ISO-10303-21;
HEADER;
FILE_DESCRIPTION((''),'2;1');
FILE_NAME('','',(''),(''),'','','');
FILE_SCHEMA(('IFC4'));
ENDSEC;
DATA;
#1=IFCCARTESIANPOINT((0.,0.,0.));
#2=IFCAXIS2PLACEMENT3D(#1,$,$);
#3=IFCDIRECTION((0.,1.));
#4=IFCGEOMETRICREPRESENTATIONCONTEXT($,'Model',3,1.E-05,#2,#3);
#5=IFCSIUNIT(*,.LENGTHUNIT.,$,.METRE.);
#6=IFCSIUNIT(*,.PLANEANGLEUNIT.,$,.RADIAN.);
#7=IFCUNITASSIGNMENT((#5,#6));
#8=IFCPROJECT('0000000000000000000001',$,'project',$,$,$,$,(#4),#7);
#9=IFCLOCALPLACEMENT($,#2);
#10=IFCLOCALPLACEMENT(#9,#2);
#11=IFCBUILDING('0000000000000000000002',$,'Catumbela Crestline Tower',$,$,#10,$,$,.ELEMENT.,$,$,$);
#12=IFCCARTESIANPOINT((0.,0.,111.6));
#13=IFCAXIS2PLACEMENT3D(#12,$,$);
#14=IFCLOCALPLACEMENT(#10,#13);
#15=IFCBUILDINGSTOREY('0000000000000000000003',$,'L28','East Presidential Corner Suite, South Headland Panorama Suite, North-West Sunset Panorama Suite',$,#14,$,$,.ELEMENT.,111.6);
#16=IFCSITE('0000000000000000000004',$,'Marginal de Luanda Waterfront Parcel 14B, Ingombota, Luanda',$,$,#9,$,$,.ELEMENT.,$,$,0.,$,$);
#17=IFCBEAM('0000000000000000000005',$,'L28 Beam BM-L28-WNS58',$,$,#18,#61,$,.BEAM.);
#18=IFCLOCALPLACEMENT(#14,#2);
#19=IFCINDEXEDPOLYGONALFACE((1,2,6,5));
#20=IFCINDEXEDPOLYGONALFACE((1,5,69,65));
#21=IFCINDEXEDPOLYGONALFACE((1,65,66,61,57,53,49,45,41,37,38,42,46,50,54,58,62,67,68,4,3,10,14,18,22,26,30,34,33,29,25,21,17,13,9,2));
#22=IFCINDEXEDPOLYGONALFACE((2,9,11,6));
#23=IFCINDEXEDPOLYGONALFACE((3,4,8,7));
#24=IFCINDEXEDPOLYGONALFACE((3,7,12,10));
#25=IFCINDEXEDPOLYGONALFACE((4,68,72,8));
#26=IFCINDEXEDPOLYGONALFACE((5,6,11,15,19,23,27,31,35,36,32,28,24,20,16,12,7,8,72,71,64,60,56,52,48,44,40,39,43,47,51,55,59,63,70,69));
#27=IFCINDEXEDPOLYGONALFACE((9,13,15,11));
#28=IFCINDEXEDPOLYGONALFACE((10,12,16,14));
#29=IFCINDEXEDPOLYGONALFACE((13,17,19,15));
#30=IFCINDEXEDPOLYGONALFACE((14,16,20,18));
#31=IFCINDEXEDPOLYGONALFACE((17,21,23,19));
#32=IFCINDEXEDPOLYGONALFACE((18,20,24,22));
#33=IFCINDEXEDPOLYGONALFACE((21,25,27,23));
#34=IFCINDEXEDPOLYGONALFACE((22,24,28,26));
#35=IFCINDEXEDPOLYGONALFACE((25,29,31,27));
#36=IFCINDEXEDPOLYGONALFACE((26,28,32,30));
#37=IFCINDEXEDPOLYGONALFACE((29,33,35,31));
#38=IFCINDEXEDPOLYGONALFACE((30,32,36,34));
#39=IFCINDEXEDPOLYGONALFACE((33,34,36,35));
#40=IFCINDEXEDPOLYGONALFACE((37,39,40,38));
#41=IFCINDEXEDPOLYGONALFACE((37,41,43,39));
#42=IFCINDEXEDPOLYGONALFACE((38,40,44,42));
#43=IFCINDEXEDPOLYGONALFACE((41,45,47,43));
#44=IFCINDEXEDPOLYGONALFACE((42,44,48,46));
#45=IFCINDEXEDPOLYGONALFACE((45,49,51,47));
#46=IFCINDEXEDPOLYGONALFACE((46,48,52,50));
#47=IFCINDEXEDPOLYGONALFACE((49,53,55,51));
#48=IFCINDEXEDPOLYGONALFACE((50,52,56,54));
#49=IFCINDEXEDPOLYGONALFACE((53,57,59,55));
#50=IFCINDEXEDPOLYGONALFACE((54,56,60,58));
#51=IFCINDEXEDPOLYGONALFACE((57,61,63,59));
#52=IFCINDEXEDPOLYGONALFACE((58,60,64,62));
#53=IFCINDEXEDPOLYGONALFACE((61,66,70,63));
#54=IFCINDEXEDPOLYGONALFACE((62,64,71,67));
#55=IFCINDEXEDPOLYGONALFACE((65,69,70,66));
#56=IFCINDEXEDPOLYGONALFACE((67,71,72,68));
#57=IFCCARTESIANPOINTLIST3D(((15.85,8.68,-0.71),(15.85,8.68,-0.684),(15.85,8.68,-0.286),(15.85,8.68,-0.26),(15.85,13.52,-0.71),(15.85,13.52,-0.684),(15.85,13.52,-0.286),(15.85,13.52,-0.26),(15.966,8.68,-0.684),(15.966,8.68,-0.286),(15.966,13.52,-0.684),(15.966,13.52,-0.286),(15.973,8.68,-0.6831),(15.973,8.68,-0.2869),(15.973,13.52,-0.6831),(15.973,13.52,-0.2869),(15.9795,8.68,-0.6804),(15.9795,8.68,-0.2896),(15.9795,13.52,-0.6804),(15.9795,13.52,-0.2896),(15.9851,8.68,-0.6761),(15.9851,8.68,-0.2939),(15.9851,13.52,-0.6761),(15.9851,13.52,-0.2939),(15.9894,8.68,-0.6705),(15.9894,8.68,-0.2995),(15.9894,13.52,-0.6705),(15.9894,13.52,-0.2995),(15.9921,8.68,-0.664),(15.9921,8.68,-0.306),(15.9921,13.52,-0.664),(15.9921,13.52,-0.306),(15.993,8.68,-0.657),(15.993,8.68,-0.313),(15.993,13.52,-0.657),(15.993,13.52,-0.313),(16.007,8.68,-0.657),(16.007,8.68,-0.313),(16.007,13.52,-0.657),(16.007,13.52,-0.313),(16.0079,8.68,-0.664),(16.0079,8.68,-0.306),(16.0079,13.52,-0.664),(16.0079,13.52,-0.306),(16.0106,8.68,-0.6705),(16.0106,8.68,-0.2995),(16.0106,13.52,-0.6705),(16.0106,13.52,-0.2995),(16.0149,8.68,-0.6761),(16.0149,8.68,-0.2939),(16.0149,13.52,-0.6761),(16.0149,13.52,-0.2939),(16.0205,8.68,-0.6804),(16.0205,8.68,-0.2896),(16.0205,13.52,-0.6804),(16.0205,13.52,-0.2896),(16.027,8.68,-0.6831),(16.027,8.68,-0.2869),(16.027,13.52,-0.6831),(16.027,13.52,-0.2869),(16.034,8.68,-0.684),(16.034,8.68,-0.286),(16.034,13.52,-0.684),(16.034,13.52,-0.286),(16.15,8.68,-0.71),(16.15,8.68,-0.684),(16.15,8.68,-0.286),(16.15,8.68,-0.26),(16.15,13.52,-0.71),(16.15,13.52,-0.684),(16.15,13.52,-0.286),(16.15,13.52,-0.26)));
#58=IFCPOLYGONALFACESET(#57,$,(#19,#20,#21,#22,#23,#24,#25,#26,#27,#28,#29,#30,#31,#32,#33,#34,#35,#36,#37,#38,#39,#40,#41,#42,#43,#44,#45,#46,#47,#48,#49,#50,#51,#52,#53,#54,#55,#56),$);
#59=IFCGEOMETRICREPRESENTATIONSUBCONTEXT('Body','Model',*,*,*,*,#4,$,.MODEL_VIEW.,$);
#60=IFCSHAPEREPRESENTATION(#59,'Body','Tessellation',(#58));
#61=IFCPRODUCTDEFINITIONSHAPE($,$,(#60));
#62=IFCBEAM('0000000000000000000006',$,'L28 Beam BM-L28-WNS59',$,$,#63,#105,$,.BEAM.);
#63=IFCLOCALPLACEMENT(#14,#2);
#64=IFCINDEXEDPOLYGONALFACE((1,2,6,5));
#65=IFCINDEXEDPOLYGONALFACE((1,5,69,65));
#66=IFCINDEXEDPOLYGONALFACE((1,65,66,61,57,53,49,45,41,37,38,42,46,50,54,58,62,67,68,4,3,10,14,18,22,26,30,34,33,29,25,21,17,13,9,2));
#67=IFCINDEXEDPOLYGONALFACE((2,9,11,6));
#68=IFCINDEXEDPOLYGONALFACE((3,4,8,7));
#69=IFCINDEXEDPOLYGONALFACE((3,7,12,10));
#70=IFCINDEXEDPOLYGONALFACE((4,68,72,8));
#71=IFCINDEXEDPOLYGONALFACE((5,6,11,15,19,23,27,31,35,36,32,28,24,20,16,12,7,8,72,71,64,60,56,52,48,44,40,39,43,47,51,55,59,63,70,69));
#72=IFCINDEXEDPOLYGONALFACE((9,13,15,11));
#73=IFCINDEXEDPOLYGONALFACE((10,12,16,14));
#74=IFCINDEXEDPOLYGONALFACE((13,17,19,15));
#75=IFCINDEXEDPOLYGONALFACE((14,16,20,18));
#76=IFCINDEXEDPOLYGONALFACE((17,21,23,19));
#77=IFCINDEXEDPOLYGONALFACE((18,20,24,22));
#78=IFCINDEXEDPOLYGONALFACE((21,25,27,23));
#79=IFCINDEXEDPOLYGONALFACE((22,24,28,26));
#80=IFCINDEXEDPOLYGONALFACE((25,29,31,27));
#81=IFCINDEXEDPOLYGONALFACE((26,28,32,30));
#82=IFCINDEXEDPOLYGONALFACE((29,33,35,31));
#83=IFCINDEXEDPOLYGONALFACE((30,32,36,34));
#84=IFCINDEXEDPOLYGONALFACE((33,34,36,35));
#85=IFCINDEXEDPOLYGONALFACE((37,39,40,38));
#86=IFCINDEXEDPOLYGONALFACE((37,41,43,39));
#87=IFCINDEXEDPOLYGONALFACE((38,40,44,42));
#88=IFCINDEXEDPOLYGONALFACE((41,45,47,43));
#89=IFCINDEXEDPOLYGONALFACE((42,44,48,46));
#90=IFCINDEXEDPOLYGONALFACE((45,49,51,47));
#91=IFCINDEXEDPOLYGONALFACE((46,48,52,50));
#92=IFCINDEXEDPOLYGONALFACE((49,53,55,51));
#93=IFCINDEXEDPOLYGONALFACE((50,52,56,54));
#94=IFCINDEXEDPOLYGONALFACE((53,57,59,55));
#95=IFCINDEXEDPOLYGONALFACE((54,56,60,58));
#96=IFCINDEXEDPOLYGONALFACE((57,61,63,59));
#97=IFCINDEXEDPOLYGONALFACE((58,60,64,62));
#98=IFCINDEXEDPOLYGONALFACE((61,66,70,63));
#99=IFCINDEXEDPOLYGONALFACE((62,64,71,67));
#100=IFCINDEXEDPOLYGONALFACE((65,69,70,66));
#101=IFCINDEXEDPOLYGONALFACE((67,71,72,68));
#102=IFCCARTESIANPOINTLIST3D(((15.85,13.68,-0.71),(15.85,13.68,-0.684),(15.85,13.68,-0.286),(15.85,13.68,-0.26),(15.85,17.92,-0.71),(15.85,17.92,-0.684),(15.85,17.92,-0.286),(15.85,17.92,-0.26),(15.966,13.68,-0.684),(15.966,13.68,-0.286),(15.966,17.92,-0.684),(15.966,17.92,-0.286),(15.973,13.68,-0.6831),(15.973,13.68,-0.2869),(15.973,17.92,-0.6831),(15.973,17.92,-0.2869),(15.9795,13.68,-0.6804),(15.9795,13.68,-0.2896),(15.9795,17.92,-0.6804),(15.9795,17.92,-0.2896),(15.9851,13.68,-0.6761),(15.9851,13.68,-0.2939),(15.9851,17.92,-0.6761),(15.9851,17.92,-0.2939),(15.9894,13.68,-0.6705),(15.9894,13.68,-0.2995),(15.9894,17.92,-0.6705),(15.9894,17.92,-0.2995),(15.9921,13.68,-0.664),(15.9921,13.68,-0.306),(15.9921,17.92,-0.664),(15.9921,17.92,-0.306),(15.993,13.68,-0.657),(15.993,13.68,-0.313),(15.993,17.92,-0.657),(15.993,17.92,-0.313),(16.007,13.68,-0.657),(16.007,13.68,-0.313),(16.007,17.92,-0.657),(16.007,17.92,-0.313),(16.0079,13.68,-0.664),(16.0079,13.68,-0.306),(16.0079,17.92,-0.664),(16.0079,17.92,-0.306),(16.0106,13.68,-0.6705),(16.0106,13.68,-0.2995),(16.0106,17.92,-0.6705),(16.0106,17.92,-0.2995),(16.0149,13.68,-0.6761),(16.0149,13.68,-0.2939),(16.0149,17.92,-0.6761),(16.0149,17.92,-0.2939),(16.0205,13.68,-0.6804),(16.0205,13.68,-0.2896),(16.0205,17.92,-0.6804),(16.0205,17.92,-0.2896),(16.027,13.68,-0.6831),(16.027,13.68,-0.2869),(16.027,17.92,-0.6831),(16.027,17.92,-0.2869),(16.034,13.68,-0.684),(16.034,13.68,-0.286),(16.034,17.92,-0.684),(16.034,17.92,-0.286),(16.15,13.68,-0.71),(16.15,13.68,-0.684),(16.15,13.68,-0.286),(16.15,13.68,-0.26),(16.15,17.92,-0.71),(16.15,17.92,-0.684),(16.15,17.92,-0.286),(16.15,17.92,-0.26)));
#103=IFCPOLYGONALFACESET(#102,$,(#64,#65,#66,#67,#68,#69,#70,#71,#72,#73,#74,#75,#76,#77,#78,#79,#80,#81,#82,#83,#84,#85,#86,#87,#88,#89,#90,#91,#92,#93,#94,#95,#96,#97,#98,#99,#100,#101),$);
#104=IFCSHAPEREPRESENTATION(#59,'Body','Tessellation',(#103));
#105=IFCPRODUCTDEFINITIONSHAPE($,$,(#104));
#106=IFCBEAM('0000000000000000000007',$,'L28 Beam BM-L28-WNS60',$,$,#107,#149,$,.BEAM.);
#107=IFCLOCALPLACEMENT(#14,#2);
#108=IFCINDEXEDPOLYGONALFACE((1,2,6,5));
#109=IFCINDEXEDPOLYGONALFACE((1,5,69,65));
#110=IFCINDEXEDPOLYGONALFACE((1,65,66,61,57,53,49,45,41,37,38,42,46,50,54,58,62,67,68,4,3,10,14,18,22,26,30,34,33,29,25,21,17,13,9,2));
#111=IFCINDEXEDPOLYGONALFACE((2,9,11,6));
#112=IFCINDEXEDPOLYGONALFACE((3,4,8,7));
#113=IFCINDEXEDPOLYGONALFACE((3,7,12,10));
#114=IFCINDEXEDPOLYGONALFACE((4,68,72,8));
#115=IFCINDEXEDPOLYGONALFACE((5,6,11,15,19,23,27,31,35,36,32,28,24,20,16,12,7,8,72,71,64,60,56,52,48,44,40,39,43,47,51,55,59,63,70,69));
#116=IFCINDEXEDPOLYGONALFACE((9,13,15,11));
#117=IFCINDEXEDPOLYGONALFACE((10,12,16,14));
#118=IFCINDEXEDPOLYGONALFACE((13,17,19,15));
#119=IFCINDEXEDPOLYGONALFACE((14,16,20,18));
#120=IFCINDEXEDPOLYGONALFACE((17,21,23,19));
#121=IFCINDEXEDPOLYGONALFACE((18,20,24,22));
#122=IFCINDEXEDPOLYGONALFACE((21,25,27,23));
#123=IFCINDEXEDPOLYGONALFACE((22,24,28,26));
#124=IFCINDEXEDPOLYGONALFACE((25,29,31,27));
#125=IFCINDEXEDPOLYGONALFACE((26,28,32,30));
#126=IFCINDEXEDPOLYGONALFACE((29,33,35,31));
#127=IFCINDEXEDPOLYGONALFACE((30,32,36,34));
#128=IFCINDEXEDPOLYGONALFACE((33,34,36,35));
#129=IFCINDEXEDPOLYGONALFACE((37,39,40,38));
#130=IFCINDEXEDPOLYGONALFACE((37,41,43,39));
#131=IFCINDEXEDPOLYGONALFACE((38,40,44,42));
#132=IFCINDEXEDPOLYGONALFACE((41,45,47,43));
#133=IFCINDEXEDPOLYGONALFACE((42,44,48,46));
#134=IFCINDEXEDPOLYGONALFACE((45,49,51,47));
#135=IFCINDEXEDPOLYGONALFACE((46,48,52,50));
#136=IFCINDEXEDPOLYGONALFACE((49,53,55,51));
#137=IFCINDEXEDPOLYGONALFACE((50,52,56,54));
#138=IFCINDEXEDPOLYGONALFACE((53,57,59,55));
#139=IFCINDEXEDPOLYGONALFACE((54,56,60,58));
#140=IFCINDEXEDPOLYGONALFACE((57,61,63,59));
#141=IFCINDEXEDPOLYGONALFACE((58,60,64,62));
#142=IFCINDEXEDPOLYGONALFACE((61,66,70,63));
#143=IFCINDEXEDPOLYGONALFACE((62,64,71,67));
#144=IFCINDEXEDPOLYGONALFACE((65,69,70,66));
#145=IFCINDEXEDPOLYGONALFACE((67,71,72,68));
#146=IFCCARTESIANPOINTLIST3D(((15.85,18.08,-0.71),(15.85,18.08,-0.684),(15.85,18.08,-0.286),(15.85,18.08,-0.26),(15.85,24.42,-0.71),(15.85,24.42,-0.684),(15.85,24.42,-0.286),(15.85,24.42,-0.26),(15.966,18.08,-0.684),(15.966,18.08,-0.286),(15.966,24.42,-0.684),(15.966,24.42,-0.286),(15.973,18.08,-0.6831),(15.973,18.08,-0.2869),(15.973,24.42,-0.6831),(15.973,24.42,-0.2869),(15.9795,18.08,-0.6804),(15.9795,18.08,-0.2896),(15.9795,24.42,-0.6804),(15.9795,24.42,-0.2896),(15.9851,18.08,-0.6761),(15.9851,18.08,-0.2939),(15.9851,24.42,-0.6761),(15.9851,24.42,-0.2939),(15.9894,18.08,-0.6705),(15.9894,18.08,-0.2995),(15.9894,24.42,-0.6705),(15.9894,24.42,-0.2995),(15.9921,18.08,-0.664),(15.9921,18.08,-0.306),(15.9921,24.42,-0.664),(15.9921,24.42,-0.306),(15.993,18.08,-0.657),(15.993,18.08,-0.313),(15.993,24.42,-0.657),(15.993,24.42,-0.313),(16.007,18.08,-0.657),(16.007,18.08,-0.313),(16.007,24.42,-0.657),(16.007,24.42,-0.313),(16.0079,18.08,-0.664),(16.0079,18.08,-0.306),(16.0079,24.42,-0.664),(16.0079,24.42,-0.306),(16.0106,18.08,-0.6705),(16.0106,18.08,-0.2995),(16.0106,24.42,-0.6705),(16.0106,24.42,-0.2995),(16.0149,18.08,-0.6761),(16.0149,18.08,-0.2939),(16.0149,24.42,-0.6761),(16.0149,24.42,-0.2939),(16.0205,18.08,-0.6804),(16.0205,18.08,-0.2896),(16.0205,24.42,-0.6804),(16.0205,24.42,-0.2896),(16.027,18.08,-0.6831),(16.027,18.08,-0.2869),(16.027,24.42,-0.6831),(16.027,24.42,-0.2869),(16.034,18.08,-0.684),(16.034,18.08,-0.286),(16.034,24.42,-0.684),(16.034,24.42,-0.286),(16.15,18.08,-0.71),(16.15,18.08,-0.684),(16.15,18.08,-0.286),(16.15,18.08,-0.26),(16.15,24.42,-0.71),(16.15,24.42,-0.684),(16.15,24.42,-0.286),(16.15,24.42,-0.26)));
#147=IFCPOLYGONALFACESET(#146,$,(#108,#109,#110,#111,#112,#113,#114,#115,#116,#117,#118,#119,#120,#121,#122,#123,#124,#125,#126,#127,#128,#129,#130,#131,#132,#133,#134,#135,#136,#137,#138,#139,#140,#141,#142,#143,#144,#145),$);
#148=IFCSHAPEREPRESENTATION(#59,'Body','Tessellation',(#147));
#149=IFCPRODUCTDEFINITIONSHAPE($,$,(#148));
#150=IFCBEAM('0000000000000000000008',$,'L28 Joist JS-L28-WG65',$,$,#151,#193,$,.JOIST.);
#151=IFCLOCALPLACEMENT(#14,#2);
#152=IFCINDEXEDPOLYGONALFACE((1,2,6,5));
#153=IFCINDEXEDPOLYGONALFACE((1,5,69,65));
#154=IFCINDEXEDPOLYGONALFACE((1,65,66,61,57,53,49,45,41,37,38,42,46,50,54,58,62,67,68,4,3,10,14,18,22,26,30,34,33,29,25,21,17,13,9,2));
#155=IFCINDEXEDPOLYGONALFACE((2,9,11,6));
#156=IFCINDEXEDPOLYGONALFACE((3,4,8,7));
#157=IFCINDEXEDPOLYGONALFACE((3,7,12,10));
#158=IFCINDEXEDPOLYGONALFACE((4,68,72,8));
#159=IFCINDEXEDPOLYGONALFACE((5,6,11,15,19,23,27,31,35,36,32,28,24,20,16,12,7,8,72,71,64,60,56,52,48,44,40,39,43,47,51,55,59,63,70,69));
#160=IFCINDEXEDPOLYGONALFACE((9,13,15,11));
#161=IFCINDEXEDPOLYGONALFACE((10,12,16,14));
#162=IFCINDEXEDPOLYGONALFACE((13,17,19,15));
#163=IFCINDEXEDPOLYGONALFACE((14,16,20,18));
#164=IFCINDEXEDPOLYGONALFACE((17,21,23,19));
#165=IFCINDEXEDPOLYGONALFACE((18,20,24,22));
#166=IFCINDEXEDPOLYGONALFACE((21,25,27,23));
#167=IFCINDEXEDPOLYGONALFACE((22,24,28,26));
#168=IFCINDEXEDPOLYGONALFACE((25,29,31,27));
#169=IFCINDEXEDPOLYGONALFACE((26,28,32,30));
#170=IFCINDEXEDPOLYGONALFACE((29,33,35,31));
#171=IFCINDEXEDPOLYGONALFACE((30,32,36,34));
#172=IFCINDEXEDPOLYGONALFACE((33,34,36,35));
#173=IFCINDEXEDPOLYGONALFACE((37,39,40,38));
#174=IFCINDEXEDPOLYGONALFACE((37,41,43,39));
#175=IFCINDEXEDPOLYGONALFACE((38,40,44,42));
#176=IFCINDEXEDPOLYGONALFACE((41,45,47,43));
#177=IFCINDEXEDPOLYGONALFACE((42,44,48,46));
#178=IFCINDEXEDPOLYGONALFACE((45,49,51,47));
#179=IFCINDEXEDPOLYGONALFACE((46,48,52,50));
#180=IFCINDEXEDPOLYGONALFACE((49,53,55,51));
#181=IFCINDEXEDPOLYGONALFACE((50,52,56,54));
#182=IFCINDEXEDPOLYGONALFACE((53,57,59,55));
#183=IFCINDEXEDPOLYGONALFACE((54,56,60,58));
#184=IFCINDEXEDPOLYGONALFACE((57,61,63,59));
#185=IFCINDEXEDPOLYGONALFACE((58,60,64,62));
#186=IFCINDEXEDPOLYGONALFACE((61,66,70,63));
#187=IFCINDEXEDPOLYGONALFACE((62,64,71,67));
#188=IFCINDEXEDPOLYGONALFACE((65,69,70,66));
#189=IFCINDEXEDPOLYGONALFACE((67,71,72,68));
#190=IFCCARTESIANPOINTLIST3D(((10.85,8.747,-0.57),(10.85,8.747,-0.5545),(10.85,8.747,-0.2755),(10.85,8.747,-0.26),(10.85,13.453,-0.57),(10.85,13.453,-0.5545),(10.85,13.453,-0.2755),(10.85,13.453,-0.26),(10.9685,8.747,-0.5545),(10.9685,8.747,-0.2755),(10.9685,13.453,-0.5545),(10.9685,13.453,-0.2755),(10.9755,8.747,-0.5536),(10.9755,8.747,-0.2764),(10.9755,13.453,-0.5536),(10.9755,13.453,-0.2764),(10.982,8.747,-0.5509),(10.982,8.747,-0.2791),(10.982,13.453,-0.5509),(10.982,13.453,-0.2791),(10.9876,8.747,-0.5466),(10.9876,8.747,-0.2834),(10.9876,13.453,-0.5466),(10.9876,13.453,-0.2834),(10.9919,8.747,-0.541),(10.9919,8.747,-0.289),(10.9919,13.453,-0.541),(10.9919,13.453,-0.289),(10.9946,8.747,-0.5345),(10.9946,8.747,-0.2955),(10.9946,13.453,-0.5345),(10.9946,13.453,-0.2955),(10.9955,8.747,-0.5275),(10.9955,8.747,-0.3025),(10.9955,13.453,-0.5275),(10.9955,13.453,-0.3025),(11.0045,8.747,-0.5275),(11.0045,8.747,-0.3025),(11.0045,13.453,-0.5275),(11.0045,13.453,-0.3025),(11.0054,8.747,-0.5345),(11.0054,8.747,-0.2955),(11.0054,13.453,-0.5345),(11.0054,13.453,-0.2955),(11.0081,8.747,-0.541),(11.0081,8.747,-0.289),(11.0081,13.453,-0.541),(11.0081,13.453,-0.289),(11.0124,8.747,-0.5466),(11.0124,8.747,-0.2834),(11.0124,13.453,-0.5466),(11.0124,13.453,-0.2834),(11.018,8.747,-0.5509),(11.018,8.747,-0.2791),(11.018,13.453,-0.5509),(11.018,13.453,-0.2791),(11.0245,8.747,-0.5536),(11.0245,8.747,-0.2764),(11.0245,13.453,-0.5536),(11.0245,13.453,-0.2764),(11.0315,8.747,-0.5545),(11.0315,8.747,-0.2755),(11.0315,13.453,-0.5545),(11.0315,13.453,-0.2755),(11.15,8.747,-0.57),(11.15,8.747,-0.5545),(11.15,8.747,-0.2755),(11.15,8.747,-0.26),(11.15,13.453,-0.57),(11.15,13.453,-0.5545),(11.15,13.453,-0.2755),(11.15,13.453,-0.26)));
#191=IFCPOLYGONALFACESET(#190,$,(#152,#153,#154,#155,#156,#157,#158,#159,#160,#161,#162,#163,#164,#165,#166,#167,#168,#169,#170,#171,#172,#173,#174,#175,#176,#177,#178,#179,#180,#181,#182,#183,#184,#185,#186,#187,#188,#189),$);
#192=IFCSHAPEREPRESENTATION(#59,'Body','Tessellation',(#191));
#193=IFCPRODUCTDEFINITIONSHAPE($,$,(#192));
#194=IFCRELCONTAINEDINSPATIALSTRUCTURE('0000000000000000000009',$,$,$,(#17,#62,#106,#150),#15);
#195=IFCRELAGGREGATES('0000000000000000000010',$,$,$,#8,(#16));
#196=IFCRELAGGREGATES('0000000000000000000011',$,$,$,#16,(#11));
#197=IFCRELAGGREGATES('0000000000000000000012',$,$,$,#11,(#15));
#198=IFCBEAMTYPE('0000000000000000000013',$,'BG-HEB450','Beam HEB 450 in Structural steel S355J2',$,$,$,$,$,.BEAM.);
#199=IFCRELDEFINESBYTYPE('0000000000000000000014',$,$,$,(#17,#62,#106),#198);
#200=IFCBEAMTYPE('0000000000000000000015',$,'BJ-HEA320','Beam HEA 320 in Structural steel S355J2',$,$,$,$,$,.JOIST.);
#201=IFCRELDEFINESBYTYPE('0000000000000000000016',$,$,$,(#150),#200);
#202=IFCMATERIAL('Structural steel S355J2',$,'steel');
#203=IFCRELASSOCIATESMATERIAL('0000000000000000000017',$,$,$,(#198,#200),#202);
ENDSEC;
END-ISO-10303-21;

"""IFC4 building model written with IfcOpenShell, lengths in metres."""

from ifc_helpers import new_model, si_unit, direction, frame, origin, origin_2d, place, context, subcontext, project, spatial, i_section, extrude, material, material_profile, profile_set, type_object, element, save


model = new_model("IFC4")

# Units and contexts
model_context = context("Model", 3, precision=1e-05, world=origin(), true_north=direction((0.0, 1.0)))
body_context = subcontext(model_context, "Body", "Model", "MODEL_VIEW")
ifc_project = project(units=[si_unit("LENGTHUNIT", "METRE"), si_unit("PLANEANGLEUNIT", "RADIAN")], contexts=[model_context])

# Site, building, storey
site_placement = place(None, origin())
site = spatial("IfcSite", under=ifc_project, at=site_placement, Name="Marginal de Luanda Waterfront Parcel 14B, Ingombota, Luanda", CompositionType="ELEMENT", RefElevation=0.0)
building_placement = place(site_placement, origin())
building = spatial("IfcBuilding", under=site, at=building_placement, Name="Catumbela Crestline Tower", CompositionType="ELEMENT")
storey_placement = place(building_placement, frame((0.0, 0.0, 111.6)))
storey = spatial("IfcBuildingStorey", under=building, at=storey_placement, Name="L28", Description="East Presidential Corner Suite, South Headland Panorama Suite, North-West Sunset Panorama Suite", CompositionType="ELEMENT", Elevation=111.6)

# Beams
ifc_material_1 = material(Name="Structural steel S355J2", Category="steel")
ifc_material_profile_1 = material_profile(ifc_material_1, i_section(OverallWidth=0.3, OverallDepth=0.45, WebThickness=0.014, FlangeThickness=0.026, FilletRadius=0.027, at=origin_2d()), Name="HEB 450")
ifc_profile_set_1 = profile_set([ifc_material_profile_1], Name="Structural steel S355J2")
beam_type_1 = type_object("IfcBeamType", Name="BG-HEB450", Description="Beam HEB 450 in Structural steel S355J2", PredefinedType="BEAM", material=ifc_profile_set_1)
beam_1_placement = place(storey_placement, frame((16.0, 8.68, -0.485), z_axis=(0.0, 1.0, 0.0), x_axis=(-1.0, 0.0, 0.0)))
element("IfcBeam", 1, at=beam_1_placement, inside=storey, type_object=beam_type_1, Name="L28 Beam BM-L28-WNS58", PredefinedType="BEAM", context=body_context, shape_type="SweptSolid", body=[
    extrude(i_section(OverallWidth=0.3, OverallDepth=0.45, WebThickness=0.014, FlangeThickness=0.026, FilletRadius=0.027, at=origin_2d()), origin(), (0.0, 0.0, 1.0), 4.84),
])
beam_2_placement = place(storey_placement, frame((16.0, 13.68, -0.485), z_axis=(0.0, 1.0, 0.0), x_axis=(-1.0, 0.0, 0.0)))
element("IfcBeam", 2, at=beam_2_placement, inside=storey, type_object=beam_type_1, Name="L28 Beam BM-L28-WNS59", PredefinedType="BEAM", context=body_context, shape_type="SweptSolid", body=[
    extrude(i_section(OverallWidth=0.3, OverallDepth=0.45, WebThickness=0.014, FlangeThickness=0.026, FilletRadius=0.027, at=origin_2d()), origin(), (0.0, 0.0, 1.0), 4.24),
])
beam_3_placement = place(storey_placement, frame((16.0, 18.08, -0.485), z_axis=(0.0, 1.0, 0.0), x_axis=(-1.0, 0.0, 0.0)))
element("IfcBeam", 3, at=beam_3_placement, inside=storey, type_object=beam_type_1, Name="L28 Beam BM-L28-WNS60", PredefinedType="BEAM", context=body_context, shape_type="SweptSolid", body=[
    extrude(i_section(OverallWidth=0.3, OverallDepth=0.45, WebThickness=0.014, FlangeThickness=0.026, FilletRadius=0.027, at=origin_2d()), origin(), (0.0, 0.0, 1.0), 6.34),
])
ifc_material_profile_2 = material_profile(ifc_material_1, i_section(OverallWidth=0.3, OverallDepth=0.31, WebThickness=0.009, FlangeThickness=0.0155, FilletRadius=0.027, at=origin_2d()), Name="HEA 320")
ifc_profile_set_2 = profile_set([ifc_material_profile_2], Name="Structural steel S355J2")
beam_type_2 = type_object("IfcBeamType", Name="BJ-HEA320", Description="Beam HEA 320 in Structural steel S355J2", PredefinedType="JOIST", material=ifc_profile_set_2)
for number, where, z_axis, x_axis, name in (
    (4, (11.0, 8.747, -0.415), (0.0, 1.0, 0.0), (-1.0, 0.0, 0.0), "L28 Joist JS-L28-WG65"),
):
    element("IfcBeam", number, at=place(storey_placement, frame(where, z_axis=z_axis, x_axis=x_axis)), inside=storey, type_object=beam_type_2, Name=name, PredefinedType="JOIST", context=body_context, shape_type="SweptSolid", body=[
        extrude(i_section(OverallWidth=0.3, OverallDepth=0.31, WebThickness=0.009, FlangeThickness=0.0155, FilletRadius=0.027, at=origin_2d()), origin(), (0.0, 0.0, 1.0), 4.706),
    ])

save(model, "model.ifc")
